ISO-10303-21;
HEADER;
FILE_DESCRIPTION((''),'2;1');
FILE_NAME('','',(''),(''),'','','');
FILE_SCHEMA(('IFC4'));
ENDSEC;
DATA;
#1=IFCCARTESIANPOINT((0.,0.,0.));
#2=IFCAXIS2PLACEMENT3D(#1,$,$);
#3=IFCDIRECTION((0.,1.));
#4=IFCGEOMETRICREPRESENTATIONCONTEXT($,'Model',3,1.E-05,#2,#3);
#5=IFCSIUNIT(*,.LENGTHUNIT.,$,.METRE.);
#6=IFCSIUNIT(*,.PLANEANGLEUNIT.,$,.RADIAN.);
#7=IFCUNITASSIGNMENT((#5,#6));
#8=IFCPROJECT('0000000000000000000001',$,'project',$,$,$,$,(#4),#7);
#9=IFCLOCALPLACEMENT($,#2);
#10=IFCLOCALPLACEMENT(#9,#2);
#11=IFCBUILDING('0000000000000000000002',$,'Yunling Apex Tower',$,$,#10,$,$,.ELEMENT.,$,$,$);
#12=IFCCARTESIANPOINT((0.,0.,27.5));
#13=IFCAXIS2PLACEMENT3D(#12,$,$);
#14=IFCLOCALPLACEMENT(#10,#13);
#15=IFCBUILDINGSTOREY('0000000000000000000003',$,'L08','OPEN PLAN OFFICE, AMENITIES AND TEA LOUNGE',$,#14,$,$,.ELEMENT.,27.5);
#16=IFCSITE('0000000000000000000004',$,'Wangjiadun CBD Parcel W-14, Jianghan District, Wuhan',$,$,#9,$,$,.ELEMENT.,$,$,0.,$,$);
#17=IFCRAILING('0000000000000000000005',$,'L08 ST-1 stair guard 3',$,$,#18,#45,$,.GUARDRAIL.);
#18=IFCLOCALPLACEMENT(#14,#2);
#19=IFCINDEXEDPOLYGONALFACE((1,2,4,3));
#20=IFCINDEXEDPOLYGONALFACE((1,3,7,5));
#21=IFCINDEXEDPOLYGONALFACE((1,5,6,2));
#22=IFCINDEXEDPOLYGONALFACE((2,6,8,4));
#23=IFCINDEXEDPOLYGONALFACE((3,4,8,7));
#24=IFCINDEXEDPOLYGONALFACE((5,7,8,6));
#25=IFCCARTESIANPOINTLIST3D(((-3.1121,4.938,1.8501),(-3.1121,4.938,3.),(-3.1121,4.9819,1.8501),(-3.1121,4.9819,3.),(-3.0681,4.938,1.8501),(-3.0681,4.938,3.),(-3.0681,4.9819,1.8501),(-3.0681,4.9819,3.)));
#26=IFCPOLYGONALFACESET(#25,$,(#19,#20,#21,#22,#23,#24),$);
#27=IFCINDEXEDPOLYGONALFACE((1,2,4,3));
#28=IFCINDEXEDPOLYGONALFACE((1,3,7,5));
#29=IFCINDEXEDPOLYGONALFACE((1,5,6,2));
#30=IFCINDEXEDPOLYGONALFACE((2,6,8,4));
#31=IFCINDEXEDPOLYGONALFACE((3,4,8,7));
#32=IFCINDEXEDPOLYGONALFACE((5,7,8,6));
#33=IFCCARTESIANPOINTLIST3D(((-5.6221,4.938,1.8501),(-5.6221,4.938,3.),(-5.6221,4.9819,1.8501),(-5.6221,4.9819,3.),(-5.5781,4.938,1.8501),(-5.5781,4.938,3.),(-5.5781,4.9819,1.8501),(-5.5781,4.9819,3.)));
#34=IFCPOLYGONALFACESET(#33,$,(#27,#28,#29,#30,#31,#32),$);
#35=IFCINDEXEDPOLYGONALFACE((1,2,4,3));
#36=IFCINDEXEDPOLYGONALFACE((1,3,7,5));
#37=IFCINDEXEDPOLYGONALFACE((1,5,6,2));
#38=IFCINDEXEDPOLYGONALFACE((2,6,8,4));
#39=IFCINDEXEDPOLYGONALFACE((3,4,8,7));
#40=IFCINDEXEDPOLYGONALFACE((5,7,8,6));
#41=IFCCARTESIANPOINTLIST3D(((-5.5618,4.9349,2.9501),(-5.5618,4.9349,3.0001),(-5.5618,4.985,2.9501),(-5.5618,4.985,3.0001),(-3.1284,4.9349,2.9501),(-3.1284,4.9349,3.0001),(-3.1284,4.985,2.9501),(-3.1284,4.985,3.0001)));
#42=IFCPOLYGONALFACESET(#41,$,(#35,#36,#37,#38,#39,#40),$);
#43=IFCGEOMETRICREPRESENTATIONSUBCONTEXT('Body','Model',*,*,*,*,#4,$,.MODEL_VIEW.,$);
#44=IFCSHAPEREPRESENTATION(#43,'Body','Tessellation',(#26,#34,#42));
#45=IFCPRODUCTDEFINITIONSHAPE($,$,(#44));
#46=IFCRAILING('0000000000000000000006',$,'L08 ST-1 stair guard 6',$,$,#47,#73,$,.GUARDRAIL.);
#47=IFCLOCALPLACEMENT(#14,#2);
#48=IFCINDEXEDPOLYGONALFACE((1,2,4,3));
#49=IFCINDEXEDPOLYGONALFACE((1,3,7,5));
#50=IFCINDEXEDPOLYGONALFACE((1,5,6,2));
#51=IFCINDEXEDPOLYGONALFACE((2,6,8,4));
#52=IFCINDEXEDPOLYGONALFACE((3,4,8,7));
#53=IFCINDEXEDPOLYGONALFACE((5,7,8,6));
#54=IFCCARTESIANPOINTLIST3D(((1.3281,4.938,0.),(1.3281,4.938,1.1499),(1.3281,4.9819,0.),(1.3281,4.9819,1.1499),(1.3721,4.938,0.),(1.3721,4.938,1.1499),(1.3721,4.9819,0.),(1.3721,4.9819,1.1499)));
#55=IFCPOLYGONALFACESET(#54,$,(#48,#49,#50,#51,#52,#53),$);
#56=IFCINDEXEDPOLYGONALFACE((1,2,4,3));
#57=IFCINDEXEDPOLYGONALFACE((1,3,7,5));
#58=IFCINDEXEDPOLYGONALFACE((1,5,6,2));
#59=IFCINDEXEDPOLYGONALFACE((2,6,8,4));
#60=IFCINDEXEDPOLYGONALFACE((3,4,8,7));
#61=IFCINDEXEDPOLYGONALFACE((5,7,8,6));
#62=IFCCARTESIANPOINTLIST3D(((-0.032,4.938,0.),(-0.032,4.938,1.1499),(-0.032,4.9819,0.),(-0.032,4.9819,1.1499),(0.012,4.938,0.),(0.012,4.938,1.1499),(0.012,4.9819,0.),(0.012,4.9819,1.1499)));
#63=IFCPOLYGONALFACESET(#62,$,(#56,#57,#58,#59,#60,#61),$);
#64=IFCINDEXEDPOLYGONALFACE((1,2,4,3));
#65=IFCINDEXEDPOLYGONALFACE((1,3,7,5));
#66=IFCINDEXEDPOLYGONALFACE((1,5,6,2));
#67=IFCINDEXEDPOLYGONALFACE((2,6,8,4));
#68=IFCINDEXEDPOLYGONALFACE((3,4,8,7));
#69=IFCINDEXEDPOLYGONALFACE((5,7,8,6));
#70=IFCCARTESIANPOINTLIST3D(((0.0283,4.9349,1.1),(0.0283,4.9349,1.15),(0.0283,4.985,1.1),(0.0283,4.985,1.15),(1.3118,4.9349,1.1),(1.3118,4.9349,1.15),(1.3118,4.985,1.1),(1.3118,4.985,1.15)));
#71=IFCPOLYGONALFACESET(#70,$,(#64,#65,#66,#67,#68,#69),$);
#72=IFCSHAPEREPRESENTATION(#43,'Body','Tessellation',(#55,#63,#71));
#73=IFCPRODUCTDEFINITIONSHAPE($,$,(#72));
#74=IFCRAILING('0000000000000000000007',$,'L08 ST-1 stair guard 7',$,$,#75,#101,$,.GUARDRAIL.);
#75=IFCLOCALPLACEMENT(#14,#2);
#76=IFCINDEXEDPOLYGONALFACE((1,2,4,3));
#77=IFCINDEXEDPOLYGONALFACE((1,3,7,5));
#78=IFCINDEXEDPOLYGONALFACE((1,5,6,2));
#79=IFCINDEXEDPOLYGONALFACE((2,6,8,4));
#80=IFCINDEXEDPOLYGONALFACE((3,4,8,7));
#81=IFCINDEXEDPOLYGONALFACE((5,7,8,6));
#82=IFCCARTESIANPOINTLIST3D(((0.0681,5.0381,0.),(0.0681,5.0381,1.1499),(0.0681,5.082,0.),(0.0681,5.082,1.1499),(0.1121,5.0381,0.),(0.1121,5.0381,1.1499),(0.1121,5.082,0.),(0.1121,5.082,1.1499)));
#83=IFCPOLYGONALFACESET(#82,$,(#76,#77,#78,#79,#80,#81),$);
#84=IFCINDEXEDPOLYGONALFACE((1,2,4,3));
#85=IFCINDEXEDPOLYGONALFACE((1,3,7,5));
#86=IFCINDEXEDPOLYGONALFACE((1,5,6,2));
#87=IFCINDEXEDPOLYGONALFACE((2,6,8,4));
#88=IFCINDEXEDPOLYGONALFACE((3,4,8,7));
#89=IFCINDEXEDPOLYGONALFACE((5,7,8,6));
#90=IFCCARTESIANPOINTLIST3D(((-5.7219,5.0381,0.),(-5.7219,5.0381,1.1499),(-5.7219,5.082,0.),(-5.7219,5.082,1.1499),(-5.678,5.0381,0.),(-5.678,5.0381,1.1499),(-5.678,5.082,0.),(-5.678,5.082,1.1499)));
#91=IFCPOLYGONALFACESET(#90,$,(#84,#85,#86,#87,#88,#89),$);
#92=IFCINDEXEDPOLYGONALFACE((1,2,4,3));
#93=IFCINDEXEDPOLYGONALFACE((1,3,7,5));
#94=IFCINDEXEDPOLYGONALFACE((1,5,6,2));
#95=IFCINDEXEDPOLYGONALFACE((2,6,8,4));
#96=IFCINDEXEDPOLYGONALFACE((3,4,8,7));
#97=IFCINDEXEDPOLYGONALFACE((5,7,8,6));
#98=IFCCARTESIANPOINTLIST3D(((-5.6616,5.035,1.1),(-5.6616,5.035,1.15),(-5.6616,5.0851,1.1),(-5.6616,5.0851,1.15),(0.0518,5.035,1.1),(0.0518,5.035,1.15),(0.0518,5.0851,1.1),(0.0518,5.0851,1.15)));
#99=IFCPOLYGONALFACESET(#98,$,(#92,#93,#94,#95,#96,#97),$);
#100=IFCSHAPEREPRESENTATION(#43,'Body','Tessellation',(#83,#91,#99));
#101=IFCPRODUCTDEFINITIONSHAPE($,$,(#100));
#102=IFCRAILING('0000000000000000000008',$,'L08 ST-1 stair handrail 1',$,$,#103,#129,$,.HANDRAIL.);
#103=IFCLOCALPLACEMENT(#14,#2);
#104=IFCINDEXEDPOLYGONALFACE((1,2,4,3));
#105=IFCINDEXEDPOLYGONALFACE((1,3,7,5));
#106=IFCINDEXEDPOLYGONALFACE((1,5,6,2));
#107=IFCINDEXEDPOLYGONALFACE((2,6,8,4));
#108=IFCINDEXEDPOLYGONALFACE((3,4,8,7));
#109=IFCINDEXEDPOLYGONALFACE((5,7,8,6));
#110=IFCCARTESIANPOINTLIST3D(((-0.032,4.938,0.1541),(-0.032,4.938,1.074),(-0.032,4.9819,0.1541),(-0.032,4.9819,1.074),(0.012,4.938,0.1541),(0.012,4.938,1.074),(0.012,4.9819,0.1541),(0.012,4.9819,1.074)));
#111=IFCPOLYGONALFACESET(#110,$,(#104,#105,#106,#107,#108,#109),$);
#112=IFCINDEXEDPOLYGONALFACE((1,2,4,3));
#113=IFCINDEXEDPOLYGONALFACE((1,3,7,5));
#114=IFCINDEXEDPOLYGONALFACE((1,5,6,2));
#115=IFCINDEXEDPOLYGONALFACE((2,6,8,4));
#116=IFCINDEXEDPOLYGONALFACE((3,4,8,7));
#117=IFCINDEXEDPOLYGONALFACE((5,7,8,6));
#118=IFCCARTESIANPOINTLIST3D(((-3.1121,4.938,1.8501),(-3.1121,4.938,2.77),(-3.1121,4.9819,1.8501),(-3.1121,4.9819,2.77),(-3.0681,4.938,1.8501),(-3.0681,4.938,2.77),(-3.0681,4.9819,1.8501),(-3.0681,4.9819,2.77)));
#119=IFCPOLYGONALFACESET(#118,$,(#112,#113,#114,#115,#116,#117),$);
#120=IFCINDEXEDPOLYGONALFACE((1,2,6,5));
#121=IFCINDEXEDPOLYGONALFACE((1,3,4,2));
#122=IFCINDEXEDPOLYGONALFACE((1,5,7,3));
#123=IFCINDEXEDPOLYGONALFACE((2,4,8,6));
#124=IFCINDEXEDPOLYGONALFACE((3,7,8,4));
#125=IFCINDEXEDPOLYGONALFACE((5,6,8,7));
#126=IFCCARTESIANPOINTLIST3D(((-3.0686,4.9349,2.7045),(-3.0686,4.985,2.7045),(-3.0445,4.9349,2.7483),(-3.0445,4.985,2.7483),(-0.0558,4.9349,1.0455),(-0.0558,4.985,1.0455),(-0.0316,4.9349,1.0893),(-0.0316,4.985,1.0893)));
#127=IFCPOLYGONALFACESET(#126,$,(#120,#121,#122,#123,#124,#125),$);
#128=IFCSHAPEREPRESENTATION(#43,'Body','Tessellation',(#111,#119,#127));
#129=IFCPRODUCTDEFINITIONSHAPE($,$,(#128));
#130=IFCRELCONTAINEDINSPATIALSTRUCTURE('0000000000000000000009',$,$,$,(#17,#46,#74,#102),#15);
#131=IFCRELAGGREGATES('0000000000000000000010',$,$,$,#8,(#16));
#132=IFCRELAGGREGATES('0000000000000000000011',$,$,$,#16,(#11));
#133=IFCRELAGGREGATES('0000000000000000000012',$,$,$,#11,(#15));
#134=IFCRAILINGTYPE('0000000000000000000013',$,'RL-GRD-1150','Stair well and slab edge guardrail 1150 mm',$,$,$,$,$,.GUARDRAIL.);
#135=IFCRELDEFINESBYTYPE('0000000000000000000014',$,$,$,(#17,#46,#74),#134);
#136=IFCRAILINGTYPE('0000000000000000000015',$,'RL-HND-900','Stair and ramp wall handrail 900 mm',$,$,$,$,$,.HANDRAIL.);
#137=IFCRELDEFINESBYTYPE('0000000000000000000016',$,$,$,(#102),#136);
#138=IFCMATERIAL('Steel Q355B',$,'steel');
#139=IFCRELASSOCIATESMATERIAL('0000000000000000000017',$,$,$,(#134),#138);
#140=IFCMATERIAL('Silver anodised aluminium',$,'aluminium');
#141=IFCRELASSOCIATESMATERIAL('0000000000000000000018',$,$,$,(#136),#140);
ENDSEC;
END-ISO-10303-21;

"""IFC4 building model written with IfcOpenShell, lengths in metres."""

from ifc_helpers import new_model, si_unit, direction, frame, origin, origin_2d, place, context, subcontext, project, spatial, rectangle, extrude, material, type_object, element, save


model = new_model("IFC4")

# Units and contexts
model_context = context("Model", 3, precision=1e-05, world=origin(), true_north=direction((0.0, 1.0)))
body_context = subcontext(model_context, "Body", "Model", "MODEL_VIEW")
ifc_project = project(units=[si_unit("LENGTHUNIT", "METRE"), si_unit("PLANEANGLEUNIT", "RADIAN")], contexts=[model_context])

# Site, building, storey
site_placement = place(None, origin())
site = spatial("IfcSite", under=ifc_project, at=site_placement, Name="Wangjiadun CBD Parcel W-14, Jianghan District, Wuhan", CompositionType="ELEMENT", RefElevation=0.0)
building_placement = place(site_placement, origin())
building = spatial("IfcBuilding", under=site, at=building_placement, Name="Yunling Apex Tower", CompositionType="ELEMENT")
storey_placement = place(building_placement, frame((0.0, 0.0, 27.5)))
storey = spatial("IfcBuildingStorey", under=building, at=storey_placement, Name="L08", Description="OPEN PLAN OFFICE, AMENITIES AND TEA LOUNGE", CompositionType="ELEMENT", Elevation=27.5)

# Shared definitions
ifc_material_1 = material(Name="Steel Q355B", Category="steel")

# Railings
railing_type_1 = type_object("IfcRailingType", Name="RL-GRD-1150", Description="Stair well and slab edge guardrail 1150 mm", PredefinedType="GUARDRAIL", material=ifc_material_1)
railing_1_placement = place(storey_placement, frame((-3.0901, 4.96, 1.8501)))
element("IfcRailing", 1, at=railing_1_placement, inside=storey, type_object=railing_type_1, Name="L08 ST-1 stair guard 3", PredefinedType="GUARDRAIL", context=body_context, shape_type="SweptSolid", body=[
    extrude(rectangle(XDim=0.0439, YDim=0.0439, at=origin_2d()), origin(), (0.0, 0.0, 1.0), 1.1499),
    extrude(rectangle(XDim=0.0439, YDim=0.0439, at=origin_2d()), frame((-2.51, 0.0, 0.0)), (0.0, 0.0, 1.0), 1.1499),
    extrude(rectangle(XDim=0.05, YDim=0.05, at=origin_2d()), frame((-0.0383, 0.0, 1.125), z_axis=(-1.0, 0.0, 0.0), x_axis=(0.0, -1.0, 0.0)), (0.0, 0.0, 1.0), 2.4333),
])
railing_2_placement = place(storey_placement, frame((1.3501, 4.96, 0.0)))
element("IfcRailing", 2, at=railing_2_placement, inside=storey, type_object=railing_type_1, Name="L08 ST-1 stair guard 6", PredefinedType="GUARDRAIL", context=body_context, shape_type="SweptSolid", body=[
    extrude(rectangle(XDim=0.0439, YDim=0.0439, at=origin_2d()), origin(), (0.0, 0.0, 1.0), 1.1499),
    extrude(rectangle(XDim=0.0439, YDim=0.0439, at=origin_2d()), frame((-1.3601, 0.0, 0.0)), (0.0, 0.0, 1.0), 1.1499),
    extrude(rectangle(XDim=0.05, YDim=0.05, at=origin_2d()), frame((-0.0383, 0.0, 1.125), z_axis=(-1.0, 0.0, 0.0), x_axis=(0.0, -1.0, 0.0)), (0.0, 0.0, 1.0), 1.2834),
])
railing_3_placement = place(storey_placement, frame((0.0901, 5.0601, 0.0)))
element("IfcRailing", 3, at=railing_3_placement, inside=storey, type_object=railing_type_1, Name="L08 ST-1 stair guard 7", PredefinedType="GUARDRAIL", context=body_context, shape_type="SweptSolid", body=[
    extrude(rectangle(XDim=0.0439, YDim=0.0439, at=origin_2d()), origin(), (0.0, 0.0, 1.0), 1.1499),
    extrude(rectangle(XDim=0.0439, YDim=0.0439, at=origin_2d()), frame((-5.79, 0.0, 0.0)), (0.0, 0.0, 1.0), 1.1499),
    extrude(rectangle(XDim=0.05, YDim=0.05, at=origin_2d()), frame((-0.0383, 0.0, 1.125), z_axis=(-1.0, 0.0, 0.0), x_axis=(0.0, -1.0, 0.0)), (0.0, 0.0, 1.0), 5.7134),
])
ifc_material_2 = material(Name="Silver anodised aluminium", Category="aluminium")
railing_type_2 = type_object("IfcRailingType", Name="RL-HND-900", Description="Stair and ramp wall handrail 900 mm", PredefinedType="HANDRAIL", material=ifc_material_2)
railing_4_placement = place(storey_placement, frame((-0.01, 4.96, 0.1541)))
element("IfcRailing", 4, at=railing_4_placement, inside=storey, type_object=railing_type_2, Name="L08 ST-1 stair handrail 1", PredefinedType="HANDRAIL", context=body_context, shape_type="SweptSolid", body=[
    extrude(rectangle(XDim=0.0439, YDim=0.0439, at=origin_2d()), origin(), (0.0, 0.0, 1.0), 0.9199),
    extrude(rectangle(XDim=0.0439, YDim=0.0439, at=origin_2d()), frame((-3.0801, 0.0, 1.696)), (0.0, 0.0, 1.0), 0.9199),
    extrude(rectangle(XDim=0.05, YDim=0.05, at=origin_2d()), frame((-0.0337, 0.0, 0.9133), z_axis=(-0.875975, 0.0, 0.482356), x_axis=(0.0, -1.0, 0.0)), (0.0, 0.0, 1.0), 3.4395),
])

save(model, "model.ifc")
